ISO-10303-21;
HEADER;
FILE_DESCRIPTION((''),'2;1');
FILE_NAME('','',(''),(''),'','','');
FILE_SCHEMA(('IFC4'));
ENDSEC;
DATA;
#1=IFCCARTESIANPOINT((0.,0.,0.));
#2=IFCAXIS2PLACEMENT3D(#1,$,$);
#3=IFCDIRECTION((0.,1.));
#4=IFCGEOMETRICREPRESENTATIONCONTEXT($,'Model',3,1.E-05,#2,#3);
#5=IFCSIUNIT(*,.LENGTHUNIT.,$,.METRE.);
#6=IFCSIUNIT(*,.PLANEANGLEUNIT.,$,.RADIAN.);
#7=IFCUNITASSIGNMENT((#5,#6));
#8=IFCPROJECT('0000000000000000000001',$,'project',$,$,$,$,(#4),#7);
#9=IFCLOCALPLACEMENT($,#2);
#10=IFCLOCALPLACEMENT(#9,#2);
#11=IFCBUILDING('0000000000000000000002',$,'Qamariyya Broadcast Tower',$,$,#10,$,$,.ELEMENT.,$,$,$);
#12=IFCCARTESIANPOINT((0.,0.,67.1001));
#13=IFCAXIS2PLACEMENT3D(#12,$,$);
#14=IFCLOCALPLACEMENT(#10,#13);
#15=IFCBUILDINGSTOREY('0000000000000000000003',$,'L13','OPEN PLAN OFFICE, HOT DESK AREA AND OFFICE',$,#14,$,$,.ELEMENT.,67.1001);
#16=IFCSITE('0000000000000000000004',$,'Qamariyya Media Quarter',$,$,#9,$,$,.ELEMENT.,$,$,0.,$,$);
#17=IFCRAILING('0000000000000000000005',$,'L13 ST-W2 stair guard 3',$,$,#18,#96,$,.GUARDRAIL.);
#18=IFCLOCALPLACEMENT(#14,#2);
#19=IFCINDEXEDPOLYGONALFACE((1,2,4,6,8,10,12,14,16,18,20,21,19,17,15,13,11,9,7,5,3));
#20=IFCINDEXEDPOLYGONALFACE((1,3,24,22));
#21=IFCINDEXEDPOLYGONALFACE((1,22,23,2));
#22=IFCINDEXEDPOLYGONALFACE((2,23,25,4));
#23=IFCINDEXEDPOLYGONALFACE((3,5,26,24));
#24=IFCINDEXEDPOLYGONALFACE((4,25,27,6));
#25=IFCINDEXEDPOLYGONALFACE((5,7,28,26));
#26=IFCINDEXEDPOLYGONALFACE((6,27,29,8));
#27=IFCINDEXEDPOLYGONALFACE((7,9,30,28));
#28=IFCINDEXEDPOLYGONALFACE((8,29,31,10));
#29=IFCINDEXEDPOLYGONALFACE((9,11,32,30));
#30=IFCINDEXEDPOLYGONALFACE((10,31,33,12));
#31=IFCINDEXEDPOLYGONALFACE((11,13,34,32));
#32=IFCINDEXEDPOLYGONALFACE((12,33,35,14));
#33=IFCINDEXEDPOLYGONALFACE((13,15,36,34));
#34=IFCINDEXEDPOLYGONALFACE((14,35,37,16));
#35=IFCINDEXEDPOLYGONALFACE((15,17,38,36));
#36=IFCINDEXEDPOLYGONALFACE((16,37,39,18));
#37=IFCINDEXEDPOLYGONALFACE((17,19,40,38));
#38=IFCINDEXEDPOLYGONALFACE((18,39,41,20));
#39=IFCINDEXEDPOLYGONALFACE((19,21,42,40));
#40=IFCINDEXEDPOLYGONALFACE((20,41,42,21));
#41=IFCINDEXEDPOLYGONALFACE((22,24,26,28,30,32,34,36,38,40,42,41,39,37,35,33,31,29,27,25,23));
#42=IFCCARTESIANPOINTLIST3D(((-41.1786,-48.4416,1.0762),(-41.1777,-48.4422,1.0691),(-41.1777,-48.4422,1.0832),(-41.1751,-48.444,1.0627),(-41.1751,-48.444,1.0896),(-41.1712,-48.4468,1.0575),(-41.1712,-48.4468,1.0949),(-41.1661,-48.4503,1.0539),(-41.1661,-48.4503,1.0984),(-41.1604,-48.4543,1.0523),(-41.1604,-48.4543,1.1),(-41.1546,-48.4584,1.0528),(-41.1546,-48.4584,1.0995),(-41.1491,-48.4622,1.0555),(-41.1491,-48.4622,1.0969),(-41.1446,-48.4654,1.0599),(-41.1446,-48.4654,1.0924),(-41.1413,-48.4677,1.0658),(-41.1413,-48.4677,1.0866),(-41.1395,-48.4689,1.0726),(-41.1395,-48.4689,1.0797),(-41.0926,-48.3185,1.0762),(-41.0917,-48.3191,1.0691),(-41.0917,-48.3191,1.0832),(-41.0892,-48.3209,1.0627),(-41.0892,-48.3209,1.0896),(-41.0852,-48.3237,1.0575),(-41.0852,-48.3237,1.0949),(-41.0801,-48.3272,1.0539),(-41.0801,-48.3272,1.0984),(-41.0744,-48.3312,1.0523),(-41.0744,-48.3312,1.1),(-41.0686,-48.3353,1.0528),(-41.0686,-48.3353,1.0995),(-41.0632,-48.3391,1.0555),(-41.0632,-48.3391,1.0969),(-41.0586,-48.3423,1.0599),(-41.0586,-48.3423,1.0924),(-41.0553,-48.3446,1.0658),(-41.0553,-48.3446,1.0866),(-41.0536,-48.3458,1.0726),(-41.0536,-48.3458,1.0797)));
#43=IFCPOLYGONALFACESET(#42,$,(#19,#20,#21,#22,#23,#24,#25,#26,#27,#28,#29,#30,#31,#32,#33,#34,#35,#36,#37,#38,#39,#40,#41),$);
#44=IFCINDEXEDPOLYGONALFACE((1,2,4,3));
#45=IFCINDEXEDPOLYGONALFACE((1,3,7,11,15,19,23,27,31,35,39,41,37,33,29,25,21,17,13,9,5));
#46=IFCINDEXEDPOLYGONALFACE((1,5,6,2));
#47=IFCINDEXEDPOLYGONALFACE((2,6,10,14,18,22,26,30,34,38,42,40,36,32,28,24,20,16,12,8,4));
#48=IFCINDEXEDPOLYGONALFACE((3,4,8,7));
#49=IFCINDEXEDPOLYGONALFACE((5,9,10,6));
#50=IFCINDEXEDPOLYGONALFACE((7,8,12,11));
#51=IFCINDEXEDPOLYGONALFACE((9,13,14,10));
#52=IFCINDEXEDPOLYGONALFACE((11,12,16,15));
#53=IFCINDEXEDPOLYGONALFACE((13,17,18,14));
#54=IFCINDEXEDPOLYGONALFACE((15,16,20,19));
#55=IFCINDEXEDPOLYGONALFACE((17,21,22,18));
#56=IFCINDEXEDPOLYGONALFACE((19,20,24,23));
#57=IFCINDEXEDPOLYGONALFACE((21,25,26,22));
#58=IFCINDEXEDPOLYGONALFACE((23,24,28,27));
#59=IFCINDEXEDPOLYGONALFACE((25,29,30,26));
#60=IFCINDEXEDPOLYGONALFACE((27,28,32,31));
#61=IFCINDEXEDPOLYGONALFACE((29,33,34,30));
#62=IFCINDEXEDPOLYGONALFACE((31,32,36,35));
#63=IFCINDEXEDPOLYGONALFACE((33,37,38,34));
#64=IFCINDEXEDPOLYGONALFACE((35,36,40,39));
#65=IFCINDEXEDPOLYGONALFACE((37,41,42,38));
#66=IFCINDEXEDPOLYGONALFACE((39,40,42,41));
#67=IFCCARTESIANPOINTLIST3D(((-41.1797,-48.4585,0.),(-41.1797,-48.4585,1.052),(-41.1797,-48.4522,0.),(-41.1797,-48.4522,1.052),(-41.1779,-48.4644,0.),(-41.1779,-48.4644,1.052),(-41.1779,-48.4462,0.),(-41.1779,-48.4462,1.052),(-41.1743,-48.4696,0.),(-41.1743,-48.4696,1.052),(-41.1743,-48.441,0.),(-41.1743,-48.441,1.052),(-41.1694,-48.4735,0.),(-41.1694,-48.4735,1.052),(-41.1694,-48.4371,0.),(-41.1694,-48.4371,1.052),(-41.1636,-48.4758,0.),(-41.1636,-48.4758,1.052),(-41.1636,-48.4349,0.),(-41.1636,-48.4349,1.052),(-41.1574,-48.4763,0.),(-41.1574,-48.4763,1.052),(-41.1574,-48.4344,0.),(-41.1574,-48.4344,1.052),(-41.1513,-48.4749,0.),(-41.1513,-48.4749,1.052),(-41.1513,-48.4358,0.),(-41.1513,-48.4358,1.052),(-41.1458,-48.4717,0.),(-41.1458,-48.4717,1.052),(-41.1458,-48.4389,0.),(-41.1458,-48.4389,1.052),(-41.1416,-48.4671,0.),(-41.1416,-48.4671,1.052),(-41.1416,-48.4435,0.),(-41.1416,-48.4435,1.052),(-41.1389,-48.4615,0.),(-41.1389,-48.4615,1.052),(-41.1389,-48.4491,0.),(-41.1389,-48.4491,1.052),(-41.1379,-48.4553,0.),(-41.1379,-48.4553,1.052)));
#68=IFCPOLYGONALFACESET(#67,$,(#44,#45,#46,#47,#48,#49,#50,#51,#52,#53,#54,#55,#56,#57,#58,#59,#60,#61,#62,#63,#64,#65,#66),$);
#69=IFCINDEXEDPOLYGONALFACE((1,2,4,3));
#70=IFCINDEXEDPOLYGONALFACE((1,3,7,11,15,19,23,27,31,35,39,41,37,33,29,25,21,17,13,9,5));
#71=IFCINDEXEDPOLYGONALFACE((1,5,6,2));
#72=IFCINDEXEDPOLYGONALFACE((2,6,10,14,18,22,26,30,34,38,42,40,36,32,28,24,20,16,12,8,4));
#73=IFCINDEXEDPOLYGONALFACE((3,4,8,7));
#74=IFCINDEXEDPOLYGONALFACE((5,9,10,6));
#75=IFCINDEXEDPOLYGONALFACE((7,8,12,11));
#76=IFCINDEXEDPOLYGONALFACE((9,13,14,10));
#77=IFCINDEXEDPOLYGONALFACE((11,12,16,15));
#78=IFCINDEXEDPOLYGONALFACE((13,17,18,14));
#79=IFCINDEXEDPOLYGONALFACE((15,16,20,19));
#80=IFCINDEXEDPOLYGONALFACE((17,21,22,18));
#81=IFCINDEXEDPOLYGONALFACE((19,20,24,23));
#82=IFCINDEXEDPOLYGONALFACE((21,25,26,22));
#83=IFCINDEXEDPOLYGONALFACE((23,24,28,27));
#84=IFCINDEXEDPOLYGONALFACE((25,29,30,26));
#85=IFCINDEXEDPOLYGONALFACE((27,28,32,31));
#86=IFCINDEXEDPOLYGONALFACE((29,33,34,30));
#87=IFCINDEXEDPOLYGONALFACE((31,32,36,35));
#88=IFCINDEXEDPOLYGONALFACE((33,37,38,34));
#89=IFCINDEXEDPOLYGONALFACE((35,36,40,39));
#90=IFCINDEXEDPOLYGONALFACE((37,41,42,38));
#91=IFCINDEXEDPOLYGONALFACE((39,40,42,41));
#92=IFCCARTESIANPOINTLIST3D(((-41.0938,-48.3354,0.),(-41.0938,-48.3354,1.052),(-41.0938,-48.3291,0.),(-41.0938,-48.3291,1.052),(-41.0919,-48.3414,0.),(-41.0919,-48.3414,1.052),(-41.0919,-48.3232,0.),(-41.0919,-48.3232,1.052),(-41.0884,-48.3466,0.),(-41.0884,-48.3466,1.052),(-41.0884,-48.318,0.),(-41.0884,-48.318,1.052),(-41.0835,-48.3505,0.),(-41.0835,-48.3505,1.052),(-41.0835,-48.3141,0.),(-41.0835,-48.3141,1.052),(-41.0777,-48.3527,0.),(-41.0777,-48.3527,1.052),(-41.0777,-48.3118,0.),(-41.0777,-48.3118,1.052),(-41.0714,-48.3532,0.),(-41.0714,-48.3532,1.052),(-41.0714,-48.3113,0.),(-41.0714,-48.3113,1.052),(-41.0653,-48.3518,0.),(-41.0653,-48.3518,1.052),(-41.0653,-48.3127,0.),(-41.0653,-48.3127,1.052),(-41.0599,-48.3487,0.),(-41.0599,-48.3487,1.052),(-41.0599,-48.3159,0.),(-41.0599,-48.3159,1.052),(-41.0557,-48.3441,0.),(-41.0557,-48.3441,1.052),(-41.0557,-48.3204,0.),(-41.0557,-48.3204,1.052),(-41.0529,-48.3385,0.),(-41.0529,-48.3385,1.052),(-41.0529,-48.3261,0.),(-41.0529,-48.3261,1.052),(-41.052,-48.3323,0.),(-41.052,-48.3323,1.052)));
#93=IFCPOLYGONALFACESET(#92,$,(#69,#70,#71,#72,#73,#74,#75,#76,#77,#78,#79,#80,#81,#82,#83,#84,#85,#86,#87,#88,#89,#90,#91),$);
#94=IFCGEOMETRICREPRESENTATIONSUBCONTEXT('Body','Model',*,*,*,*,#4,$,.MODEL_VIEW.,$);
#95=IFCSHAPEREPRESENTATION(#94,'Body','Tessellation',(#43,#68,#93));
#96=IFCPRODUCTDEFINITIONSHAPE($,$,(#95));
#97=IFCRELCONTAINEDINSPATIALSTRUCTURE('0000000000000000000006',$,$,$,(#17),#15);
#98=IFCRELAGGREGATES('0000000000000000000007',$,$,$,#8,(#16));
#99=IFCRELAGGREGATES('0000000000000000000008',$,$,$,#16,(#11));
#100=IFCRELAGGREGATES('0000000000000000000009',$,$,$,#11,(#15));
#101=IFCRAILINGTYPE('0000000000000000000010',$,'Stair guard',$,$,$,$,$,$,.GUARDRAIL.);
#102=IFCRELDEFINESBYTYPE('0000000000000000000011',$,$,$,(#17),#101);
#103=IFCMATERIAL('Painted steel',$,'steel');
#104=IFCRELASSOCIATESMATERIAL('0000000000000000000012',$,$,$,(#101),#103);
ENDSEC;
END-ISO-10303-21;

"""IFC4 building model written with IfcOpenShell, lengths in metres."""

from ifc_helpers import new_model, si_unit, direction, frame, origin, origin_2d, place, context, subcontext, project, spatial, circle, extrude, material, type_object, element, save


model = new_model("IFC4")

# Units and contexts
model_context = context("Model", 3, precision=1e-05, world=origin(), true_north=direction((0.0, 1.0)))
body_context = subcontext(model_context, "Body", "Model", "MODEL_VIEW")
ifc_project = project(units=[si_unit("LENGTHUNIT", "METRE"), si_unit("PLANEANGLEUNIT", "RADIAN")], contexts=[model_context])

# Site, building, storey
site_placement = place(None, origin())
site = spatial("IfcSite", under=ifc_project, at=site_placement, Name="Qamariyya Media Quarter", CompositionType="ELEMENT", RefElevation=0.0)
building_placement = place(site_placement, origin())
building = spatial("IfcBuilding", under=site, at=building_placement, Name="Qamariyya Broadcast Tower", CompositionType="ELEMENT")
storey_placement = place(building_placement, frame((0.0, 0.0, 67.1001)))
storey = spatial("IfcBuildingStorey", under=building, at=storey_placement, Name="L13", Description="OPEN PLAN OFFICE, HOT DESK AREA AND OFFICE", CompositionType="ELEMENT", Elevation=67.1001)

# Railing
ifc_material_1 = material(Name="Painted steel", Category="steel")
railing_type_1 = type_object("IfcRailingType", Name="Stair guard", PredefinedType="GUARDRAIL", material=ifc_material_1)
railing_1_placement = place(storey_placement, frame((-41.1589, -48.4553, 0.0)))
element("IfcRailing", 1, at=railing_1_placement, inside=storey, type_object=railing_type_1, Name="L13 ST-W2 stair guard 3", PredefinedType="GUARDRAIL", context=body_context, shape_type="SweptSolid", body=[
    extrude(circle(Radius=0.0239, at=origin_2d()), frame((0.0, 0.0, 1.0762), z_axis=(0.572589, 0.819843, 0.0), x_axis=(-0.819843, 0.572589, 0.0)), (0.0, 0.0, 1.0), 0.1501),
    extrude(circle(Radius=0.021, at=origin_2d()), origin(), (0.0, 0.0, 1.0), 1.052),
    extrude(circle(Radius=0.021, at=origin_2d()), frame((0.0859, 0.123, 0.0)), (0.0, 0.0, 1.0), 1.052),
])

save(model, "model.ifc")
